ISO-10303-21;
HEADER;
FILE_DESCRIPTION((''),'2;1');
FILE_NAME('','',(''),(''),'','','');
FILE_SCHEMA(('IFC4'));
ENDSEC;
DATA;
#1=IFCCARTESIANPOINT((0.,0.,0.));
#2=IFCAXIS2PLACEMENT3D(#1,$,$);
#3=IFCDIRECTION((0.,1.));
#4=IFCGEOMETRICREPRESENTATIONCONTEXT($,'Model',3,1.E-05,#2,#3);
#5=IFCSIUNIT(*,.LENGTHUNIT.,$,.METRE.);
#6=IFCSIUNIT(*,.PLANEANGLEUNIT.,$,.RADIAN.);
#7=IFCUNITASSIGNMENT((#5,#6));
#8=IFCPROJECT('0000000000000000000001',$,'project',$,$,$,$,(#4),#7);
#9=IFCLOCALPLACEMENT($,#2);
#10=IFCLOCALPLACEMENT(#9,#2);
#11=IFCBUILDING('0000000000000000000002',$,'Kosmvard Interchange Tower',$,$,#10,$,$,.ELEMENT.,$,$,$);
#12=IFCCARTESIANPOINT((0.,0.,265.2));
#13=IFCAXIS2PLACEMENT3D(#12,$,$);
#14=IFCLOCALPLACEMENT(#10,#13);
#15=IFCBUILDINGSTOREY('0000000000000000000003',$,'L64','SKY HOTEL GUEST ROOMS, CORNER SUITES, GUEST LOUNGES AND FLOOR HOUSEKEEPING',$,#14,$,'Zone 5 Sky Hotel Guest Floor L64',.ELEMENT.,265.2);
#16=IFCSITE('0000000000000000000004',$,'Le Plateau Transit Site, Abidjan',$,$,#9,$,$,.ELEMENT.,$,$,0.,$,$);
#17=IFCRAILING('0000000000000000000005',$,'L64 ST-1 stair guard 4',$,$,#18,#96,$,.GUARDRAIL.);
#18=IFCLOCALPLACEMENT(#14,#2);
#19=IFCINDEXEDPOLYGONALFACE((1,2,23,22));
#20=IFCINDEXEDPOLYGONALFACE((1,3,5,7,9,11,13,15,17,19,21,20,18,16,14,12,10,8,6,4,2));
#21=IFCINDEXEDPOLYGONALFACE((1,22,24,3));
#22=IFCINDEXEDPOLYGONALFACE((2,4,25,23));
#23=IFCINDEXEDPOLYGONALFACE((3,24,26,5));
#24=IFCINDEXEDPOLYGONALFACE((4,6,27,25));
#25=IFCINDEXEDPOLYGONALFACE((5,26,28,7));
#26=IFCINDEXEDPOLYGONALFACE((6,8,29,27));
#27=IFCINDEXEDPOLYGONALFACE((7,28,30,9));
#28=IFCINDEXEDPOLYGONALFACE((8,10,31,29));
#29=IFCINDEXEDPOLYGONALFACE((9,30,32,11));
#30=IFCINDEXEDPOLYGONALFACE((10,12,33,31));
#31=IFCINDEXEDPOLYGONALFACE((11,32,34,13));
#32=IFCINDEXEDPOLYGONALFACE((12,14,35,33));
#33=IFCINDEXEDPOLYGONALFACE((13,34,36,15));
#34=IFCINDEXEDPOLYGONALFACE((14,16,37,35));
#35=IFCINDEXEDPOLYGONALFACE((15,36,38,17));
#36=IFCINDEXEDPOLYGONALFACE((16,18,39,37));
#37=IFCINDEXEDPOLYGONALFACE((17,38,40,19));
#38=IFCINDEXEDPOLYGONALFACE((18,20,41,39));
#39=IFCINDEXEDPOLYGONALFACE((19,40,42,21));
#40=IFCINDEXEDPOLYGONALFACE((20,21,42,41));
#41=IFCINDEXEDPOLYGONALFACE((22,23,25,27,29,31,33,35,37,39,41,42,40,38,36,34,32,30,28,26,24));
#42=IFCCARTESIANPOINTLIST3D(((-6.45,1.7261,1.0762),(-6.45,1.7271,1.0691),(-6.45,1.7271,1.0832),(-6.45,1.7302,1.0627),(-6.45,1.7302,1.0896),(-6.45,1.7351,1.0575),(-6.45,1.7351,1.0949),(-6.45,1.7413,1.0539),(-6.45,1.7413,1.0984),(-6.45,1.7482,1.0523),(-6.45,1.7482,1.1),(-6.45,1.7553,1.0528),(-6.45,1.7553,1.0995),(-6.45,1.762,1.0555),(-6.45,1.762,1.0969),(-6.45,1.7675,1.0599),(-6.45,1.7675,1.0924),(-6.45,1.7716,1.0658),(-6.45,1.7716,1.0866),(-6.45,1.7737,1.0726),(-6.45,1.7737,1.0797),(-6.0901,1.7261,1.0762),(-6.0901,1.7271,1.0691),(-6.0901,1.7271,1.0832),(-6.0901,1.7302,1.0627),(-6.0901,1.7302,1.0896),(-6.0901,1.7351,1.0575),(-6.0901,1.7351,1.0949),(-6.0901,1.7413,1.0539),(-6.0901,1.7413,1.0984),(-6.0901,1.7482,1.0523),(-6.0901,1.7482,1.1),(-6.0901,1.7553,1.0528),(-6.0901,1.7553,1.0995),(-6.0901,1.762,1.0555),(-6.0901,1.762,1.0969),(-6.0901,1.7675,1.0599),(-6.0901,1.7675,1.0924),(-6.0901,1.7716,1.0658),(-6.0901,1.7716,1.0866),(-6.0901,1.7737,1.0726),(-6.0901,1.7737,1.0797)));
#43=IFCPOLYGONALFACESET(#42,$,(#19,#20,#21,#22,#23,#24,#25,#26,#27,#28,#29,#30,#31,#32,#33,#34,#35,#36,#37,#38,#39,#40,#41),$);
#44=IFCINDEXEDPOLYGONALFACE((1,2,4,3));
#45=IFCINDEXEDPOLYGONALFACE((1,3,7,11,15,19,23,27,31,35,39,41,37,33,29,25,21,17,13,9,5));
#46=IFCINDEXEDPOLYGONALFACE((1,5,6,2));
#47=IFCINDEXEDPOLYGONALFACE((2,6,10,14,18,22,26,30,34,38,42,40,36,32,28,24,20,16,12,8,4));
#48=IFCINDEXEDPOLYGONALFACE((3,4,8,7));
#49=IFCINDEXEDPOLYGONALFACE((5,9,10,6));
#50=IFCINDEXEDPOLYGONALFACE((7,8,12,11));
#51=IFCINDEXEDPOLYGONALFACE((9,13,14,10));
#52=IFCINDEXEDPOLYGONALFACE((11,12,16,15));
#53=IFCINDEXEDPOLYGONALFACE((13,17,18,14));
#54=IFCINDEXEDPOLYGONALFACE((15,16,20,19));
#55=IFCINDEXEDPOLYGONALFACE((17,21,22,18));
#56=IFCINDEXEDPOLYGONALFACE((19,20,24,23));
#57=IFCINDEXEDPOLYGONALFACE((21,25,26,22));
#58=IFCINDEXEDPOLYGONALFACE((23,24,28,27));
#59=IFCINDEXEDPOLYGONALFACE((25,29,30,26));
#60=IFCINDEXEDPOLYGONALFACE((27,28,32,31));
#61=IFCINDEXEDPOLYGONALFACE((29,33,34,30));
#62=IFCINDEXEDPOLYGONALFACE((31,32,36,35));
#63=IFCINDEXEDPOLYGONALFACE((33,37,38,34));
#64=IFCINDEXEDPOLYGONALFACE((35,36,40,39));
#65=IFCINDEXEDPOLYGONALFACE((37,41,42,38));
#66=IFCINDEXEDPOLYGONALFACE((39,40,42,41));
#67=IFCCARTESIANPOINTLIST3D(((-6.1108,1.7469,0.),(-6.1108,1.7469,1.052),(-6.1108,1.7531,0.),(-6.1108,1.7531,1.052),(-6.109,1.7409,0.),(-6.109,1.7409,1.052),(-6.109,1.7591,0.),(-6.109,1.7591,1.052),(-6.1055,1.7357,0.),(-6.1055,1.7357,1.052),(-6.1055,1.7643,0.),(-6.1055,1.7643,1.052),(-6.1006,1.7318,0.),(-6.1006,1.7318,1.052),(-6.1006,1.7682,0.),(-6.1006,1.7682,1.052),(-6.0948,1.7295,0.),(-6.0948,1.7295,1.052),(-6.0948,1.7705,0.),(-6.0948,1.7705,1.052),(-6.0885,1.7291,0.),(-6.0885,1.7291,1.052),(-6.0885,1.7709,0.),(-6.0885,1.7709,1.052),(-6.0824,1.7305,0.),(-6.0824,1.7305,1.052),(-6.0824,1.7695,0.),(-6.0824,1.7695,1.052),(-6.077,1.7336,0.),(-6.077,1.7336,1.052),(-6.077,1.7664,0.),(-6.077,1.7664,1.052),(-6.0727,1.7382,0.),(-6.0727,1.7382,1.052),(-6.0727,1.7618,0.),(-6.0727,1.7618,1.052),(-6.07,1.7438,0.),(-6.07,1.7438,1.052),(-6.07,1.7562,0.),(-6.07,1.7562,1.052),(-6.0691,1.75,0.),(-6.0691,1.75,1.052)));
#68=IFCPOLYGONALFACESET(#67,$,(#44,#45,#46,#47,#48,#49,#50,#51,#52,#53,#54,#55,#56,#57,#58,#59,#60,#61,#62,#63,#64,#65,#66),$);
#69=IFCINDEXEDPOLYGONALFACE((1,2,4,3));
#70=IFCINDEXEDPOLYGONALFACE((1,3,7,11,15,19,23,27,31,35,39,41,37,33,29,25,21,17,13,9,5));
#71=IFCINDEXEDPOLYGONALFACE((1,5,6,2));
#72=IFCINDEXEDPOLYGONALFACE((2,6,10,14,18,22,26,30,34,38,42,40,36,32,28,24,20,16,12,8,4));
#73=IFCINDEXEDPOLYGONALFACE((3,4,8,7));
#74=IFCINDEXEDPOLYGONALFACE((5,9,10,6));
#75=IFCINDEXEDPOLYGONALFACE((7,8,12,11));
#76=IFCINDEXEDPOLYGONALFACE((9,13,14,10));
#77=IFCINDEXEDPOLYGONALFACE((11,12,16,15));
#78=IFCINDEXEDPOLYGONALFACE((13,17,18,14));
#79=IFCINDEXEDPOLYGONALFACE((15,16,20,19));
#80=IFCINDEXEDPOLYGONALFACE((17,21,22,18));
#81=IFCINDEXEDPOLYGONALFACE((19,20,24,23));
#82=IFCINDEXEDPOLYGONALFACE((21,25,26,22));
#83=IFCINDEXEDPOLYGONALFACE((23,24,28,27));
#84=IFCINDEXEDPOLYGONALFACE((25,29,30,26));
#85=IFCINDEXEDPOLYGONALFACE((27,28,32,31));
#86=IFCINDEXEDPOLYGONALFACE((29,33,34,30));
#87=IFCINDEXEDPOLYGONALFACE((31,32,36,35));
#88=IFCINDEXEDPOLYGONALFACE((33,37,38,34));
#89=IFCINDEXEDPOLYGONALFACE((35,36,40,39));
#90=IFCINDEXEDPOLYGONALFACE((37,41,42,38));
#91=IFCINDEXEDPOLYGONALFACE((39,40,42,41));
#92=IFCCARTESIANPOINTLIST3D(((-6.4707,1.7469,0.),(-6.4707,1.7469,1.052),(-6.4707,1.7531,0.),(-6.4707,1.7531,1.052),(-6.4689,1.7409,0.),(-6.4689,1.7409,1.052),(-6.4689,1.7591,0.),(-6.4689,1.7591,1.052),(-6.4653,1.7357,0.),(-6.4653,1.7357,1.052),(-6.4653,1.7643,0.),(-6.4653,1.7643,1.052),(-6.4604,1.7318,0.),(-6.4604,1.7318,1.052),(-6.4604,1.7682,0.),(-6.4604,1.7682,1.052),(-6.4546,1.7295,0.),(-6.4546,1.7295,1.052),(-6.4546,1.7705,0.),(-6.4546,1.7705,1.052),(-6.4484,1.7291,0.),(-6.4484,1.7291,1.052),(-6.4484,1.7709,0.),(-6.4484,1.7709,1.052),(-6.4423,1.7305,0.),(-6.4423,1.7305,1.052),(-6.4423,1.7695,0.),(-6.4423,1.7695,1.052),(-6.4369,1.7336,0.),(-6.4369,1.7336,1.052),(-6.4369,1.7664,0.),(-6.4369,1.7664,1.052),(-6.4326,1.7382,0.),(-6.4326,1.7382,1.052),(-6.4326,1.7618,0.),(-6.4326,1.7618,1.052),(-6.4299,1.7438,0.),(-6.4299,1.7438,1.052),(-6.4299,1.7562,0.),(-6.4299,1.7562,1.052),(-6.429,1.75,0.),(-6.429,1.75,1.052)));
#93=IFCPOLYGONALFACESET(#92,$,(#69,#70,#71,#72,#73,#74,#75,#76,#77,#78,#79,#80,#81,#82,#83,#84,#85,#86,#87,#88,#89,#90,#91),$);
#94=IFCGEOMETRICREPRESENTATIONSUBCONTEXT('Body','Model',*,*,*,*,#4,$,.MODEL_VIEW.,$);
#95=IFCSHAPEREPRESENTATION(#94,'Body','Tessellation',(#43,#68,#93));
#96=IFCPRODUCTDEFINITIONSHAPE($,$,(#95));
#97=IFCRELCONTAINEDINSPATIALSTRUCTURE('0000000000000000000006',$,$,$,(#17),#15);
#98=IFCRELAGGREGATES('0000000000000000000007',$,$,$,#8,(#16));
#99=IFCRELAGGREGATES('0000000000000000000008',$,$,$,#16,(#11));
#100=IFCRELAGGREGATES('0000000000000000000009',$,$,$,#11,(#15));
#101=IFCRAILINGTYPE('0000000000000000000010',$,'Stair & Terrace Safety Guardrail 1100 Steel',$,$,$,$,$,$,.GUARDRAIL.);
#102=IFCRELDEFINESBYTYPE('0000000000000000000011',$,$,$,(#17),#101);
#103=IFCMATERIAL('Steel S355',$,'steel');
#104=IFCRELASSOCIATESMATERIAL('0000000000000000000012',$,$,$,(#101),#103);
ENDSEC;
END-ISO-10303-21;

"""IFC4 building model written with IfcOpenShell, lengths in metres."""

from ifc_helpers import new_model, si_unit, direction, frame, origin, origin_2d, place, context, subcontext, project, spatial, circle, extrude, source, transform, mapped, material, type_object, element, save


model = new_model("IFC4")

# Units and contexts
model_context = context("Model", 3, precision=1e-05, world=origin(), true_north=direction((0.0, 1.0)))
body_context = subcontext(model_context, "Body", "Model", "MODEL_VIEW")
ifc_project = project(units=[si_unit("LENGTHUNIT", "METRE"), si_unit("PLANEANGLEUNIT", "RADIAN")], contexts=[model_context])

# Site, building, storey
site_placement = place(None, origin())
site = spatial("IfcSite", under=ifc_project, at=site_placement, Name="Le Plateau Transit Site, Abidjan", CompositionType="ELEMENT", RefElevation=0.0)
building_placement = place(site_placement, origin())
building = spatial("IfcBuilding", under=site, at=building_placement, Name="Kosmvard Interchange Tower", CompositionType="ELEMENT")
storey_placement = place(building_placement, frame((0.0, 0.0, 265.2)))
storey = spatial("IfcBuildingStorey", under=building, at=storey_placement, Name="L64", Description="SKY HOTEL GUEST ROOMS, CORNER SUITES, GUEST LOUNGES AND FLOOR HOUSEKEEPING", LongName="Zone 5 Sky Hotel Guest Floor L64", CompositionType="ELEMENT", Elevation=265.2)

# Shared definitions
ifc_material_1 = material(Name="Steel S355", Category="steel")

# Railing
railing_type_1 = type_object("IfcRailingType", Name="Stair & Terrace Safety Guardrail 1100 Steel", PredefinedType="GUARDRAIL", material=ifc_material_1)
shared_shape_1 = source(origin(), body_context, "Body", "SweptSolid", [
    extrude(circle(Radius=0.0239, at=origin_2d()), frame((0.0, 0.0, 1.0762), z_axis=(-1.0, 0.0, 0.0), x_axis=(0.0, -1.0, 0.0)), (0.0, 0.0, 1.0), 0.3599),
    extrude(circle(Radius=0.021, at=origin_2d()), origin(), (0.0, 0.0, 1.0), 1.052),
    extrude(circle(Radius=0.021, at=origin_2d()), frame((-0.3599, 0.0, 0.0)), (0.0, 0.0, 1.0), 1.052),
])
for number, where, name in (
    (1, (-6.0901, 1.75, 0.0), "L64 ST-1 stair guard 4"),
):
    element("IfcRailing", number, at=place(storey_placement, frame(where)), inside=storey, type_object=railing_type_1, Name=name, PredefinedType="GUARDRAIL", context=body_context, shape_type="MappedRepresentation", body=[
        mapped(shared_shape_1, transform((0.0, 0.0, 0.0), scale=1.0)),
    ])

save(model, "model.ifc")
